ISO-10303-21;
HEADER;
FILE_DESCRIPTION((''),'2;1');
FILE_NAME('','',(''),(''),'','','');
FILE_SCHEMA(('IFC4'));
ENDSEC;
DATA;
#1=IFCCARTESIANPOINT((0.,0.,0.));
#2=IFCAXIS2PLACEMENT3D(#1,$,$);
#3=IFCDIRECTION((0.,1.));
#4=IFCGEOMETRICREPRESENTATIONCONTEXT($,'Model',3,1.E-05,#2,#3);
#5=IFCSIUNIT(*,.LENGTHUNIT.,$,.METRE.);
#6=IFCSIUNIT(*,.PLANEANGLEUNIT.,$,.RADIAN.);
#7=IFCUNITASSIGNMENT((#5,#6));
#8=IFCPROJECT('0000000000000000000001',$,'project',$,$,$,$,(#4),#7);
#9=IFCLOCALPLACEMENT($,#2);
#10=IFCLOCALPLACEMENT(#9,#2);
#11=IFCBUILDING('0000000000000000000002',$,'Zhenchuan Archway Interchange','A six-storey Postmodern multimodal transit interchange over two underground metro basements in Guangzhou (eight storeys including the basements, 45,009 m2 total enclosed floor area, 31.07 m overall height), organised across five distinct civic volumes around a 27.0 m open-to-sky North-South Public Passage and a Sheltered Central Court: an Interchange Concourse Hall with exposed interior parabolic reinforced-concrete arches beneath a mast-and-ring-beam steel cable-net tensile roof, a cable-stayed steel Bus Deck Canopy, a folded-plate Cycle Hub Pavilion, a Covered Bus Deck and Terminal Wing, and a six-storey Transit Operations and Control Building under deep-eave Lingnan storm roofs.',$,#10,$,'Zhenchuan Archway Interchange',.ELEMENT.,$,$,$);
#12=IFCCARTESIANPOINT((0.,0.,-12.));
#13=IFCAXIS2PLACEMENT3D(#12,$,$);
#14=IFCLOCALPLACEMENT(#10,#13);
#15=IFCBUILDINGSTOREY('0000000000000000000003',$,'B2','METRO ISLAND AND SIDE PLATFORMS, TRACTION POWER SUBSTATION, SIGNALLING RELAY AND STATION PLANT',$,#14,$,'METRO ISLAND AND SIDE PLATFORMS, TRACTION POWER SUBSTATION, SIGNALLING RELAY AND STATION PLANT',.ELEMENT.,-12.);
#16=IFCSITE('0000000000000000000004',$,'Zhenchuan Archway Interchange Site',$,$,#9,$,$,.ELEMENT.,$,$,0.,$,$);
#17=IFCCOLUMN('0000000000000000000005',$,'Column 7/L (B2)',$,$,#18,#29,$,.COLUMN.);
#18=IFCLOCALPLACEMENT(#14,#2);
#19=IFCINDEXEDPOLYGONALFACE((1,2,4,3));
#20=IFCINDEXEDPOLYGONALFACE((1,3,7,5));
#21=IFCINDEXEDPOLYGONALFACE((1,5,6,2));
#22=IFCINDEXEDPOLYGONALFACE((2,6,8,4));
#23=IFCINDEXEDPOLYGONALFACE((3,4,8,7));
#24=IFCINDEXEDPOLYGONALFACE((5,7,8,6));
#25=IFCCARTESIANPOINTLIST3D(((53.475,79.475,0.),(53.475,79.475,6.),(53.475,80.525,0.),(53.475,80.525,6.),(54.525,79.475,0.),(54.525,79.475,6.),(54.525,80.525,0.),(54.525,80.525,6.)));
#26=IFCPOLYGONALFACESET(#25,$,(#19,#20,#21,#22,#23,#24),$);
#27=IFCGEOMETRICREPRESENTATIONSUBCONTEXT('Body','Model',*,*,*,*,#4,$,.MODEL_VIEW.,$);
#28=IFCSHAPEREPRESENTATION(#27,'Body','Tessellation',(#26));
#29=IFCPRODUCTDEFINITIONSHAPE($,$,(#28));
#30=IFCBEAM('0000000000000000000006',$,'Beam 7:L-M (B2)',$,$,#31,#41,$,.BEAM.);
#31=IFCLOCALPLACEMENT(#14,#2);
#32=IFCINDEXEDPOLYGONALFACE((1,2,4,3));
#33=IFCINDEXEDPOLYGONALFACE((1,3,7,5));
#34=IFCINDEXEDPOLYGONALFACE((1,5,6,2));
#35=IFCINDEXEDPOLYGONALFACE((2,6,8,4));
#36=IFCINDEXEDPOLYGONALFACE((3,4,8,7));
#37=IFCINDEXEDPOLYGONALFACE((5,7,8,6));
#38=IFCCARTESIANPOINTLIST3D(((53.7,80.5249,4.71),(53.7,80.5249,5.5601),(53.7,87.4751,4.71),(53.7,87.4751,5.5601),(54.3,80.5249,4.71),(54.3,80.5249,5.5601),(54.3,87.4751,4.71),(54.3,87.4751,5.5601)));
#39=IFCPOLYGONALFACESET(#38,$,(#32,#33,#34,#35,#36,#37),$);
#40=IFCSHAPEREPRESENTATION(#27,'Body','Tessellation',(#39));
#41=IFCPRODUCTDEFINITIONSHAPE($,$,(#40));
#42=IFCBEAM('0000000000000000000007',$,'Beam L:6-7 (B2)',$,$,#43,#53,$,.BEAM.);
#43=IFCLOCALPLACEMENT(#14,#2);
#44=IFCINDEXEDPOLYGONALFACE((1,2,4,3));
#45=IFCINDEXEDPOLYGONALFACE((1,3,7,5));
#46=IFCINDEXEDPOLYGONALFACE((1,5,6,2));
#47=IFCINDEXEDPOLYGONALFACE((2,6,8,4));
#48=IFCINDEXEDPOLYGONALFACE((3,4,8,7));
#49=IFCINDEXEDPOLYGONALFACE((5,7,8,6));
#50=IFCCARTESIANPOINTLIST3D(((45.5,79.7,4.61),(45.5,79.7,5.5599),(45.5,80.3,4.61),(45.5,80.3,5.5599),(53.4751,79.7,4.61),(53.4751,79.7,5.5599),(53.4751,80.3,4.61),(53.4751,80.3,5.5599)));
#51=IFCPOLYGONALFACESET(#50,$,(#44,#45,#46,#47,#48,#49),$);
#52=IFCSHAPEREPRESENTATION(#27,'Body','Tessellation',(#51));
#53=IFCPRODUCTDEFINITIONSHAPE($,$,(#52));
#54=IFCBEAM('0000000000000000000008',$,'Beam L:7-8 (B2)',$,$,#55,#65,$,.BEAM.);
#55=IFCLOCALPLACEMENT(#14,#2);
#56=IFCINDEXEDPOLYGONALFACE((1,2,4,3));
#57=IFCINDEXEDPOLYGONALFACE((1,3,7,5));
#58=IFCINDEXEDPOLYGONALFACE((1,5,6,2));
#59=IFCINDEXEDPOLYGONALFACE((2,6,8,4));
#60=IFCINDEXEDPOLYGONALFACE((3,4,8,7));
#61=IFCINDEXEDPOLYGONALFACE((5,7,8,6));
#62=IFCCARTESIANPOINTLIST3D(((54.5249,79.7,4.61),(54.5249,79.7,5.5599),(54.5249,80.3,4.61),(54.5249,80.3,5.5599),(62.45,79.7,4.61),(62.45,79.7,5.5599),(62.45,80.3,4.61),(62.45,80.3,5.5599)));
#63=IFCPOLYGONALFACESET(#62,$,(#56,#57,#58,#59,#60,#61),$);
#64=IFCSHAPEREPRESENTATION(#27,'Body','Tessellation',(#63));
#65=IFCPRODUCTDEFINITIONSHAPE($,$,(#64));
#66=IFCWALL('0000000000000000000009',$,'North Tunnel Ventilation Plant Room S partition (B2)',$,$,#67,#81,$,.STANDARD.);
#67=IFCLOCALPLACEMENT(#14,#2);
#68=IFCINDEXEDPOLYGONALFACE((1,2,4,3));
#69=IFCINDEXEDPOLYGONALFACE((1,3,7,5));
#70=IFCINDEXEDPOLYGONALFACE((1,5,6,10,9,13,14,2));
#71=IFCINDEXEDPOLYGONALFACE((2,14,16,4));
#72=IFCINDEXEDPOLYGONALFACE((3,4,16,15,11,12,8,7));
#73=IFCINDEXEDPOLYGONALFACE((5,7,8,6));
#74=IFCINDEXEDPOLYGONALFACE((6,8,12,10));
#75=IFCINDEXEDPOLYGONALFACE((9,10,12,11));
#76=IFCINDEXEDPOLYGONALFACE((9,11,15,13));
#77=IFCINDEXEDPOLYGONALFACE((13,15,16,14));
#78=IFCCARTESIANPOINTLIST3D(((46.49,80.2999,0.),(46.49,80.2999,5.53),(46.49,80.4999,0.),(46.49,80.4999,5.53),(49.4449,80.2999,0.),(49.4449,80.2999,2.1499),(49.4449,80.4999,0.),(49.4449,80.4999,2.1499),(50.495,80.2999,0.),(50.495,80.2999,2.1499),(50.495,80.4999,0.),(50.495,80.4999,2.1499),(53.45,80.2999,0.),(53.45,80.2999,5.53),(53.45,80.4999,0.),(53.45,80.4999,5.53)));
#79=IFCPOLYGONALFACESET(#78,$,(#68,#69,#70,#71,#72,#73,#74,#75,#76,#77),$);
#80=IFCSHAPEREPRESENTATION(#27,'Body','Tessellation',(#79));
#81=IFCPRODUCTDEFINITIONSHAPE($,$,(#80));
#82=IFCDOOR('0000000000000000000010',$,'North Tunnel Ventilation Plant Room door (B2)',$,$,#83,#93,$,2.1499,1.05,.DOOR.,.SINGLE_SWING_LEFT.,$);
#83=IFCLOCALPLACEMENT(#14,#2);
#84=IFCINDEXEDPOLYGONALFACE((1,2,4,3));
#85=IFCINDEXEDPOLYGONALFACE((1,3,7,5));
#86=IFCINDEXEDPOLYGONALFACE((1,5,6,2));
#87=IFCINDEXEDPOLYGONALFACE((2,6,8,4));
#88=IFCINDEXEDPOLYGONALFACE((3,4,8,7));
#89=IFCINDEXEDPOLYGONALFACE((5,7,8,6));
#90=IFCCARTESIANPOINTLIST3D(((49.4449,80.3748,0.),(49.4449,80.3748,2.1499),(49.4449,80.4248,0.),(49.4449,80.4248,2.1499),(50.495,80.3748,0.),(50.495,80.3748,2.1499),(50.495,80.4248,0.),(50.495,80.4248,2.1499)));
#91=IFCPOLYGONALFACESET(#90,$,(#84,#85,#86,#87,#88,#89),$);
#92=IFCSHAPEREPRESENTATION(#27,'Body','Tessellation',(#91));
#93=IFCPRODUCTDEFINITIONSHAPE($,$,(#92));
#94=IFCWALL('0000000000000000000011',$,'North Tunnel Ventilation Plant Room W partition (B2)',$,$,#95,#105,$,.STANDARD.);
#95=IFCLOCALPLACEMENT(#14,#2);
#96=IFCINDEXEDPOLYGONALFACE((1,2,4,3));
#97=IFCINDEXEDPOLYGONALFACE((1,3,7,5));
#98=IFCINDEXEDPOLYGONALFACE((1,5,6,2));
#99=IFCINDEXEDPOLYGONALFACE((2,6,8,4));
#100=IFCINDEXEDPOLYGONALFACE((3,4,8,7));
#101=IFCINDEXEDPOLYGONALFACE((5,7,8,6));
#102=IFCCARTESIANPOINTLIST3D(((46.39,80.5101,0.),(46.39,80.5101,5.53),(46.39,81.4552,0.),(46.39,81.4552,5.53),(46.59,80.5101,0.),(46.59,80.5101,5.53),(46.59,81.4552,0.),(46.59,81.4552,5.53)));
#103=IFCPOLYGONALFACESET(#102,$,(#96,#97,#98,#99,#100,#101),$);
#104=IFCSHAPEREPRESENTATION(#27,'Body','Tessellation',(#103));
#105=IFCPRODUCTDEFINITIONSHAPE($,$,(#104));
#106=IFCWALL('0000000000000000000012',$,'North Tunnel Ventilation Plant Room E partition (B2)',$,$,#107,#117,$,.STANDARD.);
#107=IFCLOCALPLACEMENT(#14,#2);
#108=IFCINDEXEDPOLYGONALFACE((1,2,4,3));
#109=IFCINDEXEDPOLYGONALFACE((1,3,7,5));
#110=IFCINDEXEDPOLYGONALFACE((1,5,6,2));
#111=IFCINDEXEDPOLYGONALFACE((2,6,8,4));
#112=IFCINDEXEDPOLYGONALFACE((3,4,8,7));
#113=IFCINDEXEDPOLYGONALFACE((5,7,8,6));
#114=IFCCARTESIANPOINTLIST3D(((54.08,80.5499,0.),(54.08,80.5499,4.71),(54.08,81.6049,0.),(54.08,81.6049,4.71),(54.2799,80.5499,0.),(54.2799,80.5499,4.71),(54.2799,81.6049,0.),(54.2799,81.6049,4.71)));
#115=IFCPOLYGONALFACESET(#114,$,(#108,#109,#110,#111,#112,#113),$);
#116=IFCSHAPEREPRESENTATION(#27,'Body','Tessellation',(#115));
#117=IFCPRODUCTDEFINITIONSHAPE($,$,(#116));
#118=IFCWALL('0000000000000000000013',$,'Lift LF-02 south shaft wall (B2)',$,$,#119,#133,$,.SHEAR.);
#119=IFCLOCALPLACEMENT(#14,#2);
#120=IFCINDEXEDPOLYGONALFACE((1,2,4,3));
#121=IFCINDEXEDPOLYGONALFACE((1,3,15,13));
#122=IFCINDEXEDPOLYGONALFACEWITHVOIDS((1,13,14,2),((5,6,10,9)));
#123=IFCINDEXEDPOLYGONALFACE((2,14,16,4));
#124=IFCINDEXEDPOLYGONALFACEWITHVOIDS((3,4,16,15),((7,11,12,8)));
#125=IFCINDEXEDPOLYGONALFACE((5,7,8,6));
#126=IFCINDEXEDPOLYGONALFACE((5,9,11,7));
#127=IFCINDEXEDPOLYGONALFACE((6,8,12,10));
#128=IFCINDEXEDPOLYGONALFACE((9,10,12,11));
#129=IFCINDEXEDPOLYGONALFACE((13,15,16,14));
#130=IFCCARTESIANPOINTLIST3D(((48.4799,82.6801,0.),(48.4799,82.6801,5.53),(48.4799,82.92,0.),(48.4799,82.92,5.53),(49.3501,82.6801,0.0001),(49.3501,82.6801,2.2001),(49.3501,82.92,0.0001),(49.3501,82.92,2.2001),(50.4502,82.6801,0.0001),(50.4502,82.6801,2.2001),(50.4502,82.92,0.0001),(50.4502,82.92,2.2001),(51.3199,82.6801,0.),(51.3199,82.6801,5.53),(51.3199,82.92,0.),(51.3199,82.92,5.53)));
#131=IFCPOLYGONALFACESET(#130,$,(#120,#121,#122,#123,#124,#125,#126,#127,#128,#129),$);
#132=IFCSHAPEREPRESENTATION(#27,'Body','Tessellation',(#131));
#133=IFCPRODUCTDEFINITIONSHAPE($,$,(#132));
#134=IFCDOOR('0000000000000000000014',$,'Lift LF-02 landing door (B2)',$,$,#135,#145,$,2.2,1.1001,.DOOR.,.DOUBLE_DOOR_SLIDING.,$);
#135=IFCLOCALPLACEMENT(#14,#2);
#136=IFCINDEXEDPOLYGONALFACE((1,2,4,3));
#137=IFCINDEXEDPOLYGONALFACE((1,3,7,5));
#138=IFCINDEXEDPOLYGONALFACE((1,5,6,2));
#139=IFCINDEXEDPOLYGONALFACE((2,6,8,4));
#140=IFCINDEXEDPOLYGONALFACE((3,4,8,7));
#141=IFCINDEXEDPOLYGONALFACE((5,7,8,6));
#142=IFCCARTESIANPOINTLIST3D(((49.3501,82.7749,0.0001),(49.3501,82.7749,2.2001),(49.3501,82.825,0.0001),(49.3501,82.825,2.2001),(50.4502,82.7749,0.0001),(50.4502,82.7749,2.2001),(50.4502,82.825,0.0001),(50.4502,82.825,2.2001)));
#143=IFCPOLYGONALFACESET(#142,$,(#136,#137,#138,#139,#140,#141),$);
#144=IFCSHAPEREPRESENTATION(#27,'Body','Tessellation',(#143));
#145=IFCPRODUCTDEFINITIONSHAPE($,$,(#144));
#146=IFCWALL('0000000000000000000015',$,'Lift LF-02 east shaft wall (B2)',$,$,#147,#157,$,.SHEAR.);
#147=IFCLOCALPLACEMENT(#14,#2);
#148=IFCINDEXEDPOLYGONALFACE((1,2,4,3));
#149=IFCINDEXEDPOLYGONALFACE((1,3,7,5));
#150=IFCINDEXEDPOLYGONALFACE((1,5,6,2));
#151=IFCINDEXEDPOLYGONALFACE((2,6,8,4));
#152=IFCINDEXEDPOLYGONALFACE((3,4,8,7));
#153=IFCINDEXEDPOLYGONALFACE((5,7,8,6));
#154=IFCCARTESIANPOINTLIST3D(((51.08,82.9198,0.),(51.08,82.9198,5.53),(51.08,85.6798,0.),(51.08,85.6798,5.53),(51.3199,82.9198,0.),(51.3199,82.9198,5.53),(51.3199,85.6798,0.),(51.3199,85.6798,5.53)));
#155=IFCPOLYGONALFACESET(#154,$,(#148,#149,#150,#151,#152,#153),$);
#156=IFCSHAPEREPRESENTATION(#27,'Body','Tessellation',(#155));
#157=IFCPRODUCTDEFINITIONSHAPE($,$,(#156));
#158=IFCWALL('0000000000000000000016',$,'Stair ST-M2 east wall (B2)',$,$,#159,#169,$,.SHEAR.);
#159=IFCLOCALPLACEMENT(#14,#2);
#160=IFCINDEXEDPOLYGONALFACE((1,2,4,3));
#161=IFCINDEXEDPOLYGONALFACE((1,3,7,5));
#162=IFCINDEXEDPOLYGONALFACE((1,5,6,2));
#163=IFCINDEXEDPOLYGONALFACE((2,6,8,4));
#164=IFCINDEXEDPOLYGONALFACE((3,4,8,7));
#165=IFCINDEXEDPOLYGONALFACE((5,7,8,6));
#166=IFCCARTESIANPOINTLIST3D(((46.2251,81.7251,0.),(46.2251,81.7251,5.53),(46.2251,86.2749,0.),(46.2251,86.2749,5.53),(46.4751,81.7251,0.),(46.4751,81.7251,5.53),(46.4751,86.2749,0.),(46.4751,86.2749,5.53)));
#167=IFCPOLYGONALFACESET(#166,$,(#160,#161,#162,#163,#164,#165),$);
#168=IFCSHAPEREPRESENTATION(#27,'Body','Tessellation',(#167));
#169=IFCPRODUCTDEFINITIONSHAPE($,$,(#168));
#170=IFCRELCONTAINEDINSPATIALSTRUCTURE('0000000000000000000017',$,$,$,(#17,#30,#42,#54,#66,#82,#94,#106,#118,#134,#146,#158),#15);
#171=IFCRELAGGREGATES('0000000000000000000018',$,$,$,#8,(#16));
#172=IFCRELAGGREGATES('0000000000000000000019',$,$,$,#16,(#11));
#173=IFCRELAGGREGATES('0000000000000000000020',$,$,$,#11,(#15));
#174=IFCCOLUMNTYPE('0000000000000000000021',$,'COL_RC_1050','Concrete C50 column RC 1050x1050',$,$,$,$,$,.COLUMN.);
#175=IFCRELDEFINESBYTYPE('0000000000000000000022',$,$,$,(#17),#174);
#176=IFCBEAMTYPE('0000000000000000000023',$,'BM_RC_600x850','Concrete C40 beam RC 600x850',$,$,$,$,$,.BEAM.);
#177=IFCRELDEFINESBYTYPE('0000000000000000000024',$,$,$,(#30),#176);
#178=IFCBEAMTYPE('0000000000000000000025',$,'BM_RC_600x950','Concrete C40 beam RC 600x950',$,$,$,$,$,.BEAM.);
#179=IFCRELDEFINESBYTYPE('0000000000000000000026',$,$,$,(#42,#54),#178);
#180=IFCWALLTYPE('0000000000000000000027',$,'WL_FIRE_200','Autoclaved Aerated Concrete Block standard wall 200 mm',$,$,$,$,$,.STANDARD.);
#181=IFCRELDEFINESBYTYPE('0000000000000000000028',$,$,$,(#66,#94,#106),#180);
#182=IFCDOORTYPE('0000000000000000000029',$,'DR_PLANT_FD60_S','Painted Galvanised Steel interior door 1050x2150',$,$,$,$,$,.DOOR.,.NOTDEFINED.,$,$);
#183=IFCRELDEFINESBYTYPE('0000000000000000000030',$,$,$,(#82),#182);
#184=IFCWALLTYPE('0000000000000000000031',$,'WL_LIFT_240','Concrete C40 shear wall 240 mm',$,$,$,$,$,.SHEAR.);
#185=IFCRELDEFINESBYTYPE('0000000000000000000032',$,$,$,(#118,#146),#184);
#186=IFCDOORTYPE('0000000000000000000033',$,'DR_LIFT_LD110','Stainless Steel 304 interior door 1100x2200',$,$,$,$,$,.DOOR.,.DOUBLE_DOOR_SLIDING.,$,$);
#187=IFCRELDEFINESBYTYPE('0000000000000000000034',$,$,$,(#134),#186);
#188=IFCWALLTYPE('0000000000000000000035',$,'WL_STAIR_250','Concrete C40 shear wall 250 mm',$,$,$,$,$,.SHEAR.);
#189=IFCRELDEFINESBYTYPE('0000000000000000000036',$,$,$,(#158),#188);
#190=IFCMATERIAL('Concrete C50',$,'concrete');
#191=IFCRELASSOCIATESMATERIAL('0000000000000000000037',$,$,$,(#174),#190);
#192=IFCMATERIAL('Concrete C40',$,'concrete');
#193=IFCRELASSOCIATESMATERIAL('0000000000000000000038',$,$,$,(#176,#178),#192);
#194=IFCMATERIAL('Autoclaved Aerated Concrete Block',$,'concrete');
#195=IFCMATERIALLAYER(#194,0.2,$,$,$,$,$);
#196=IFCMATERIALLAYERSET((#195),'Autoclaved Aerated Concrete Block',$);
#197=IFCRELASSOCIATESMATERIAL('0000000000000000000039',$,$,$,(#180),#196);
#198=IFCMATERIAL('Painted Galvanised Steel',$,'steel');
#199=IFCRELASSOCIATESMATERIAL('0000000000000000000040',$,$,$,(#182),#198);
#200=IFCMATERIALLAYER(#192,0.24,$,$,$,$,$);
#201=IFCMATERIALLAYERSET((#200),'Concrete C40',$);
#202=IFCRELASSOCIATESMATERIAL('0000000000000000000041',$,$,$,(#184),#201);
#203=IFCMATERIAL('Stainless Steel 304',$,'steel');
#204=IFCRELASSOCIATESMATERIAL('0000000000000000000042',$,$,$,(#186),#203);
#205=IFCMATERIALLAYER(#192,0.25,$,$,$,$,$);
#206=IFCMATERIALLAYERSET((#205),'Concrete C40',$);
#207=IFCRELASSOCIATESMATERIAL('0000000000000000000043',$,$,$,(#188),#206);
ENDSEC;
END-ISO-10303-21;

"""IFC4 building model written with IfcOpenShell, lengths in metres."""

from ifc_helpers import new_model, si_unit, direction, frame, frame_2d, origin, origin_2d, place, context, subcontext, project, spatial, rectangle, extrude, material, layer, layer_set, material_profile, profile_set, type_object, element, fill, save


model = new_model("IFC4")

# Units and contexts
model_context = context("Model", 3, precision=1e-05, world=origin(), true_north=direction((0.0, 1.0)))
body_context = subcontext(model_context, "Body", "Model", "MODEL_VIEW")
ifc_project = project(units=[si_unit("LENGTHUNIT", "METRE"), si_unit("PLANEANGLEUNIT", "RADIAN")], contexts=[model_context])

# Site, building, storey
site_placement = place(None, origin())
site = spatial("IfcSite", under=ifc_project, at=site_placement, Name="Zhenchuan Archway Interchange Site", CompositionType="ELEMENT", RefElevation=0.0)
building_placement = place(site_placement, origin())
building = spatial("IfcBuilding", under=site, at=building_placement, Name="Zhenchuan Archway Interchange", Description="A six-storey Postmodern multimodal transit interchange over two underground metro basements in Guangzhou (eight storeys including the basements, 45,009 m2 total enclosed floor area, 31.07 m overall height), organised across five distinct civic volumes around a 27.0 m open-to-sky North-South Public Passage and a Sheltered Central Court: an Interchange Concourse Hall with exposed interior parabolic reinforced-concrete arches beneath a mast-and-ring-beam steel cable-net tensile roof, a cable-stayed steel Bus Deck Canopy, a folded-plate Cycle Hub Pavilion, a Covered Bus Deck and Terminal Wing, and a six-storey Transit Operations and Control Building under deep-eave Lingnan storm roofs.", LongName="Zhenchuan Archway Interchange", CompositionType="ELEMENT")
storey_placement = place(building_placement, frame((0.0, 0.0, -12.0)))
storey = spatial("IfcBuildingStorey", under=building, at=storey_placement, Name="B2", Description="METRO ISLAND AND SIDE PLATFORMS, TRACTION POWER SUBSTATION, SIGNALLING RELAY AND STATION PLANT", LongName="METRO ISLAND AND SIDE PLATFORMS, TRACTION POWER SUBSTATION, SIGNALLING RELAY AND STATION PLANT", CompositionType="ELEMENT", Elevation=-12.0)

# Shared definitions
ifc_material_1 = material(Name="Concrete C40", Category="concrete")

# Column
ifc_material_2 = material(Name="Concrete C50", Category="concrete")
ifc_material_profile_1 = material_profile(ifc_material_2, rectangle(XDim=1.05, YDim=1.05, at=origin_2d()), Name="RC 1050x1050")
ifc_profile_set_1 = profile_set([ifc_material_profile_1], Name="Concrete C50")
column_type = type_object("IfcColumnType", Name="COL_RC_1050", Description="Concrete C50 column RC 1050x1050", PredefinedType="COLUMN", material=ifc_profile_set_1)
column_placement = place(storey_placement, frame((54.0, 80.0, 0.0), z_axis=(0.0, 0.0, 1.0), x_axis=(1.0, 0.0, 0.0)))
element("IfcColumn", 1, at=column_placement, inside=storey, type_object=column_type, Name="Column 7/L (B2)", PredefinedType="COLUMN", context=body_context, shape_type="SweptSolid", body=[
    extrude(rectangle(XDim=1.05, YDim=1.05, at=origin_2d()), origin(), (0.0, 0.0, 1.0), 6.0),
])

# Beams
ifc_material_profile_2 = material_profile(ifc_material_1, rectangle(XDim=0.6001, YDim=0.8501, at=origin_2d()), Name="RC 600x850")
ifc_profile_set_2 = profile_set([ifc_material_profile_2], Name="Concrete C40")
beam_type_1 = type_object("IfcBeamType", Name="BM_RC_600x850", Description="Concrete C40 beam RC 600x850", PredefinedType="BEAM", material=ifc_profile_set_2)
beam_1_placement = place(storey_placement, frame((54.0, 80.5249, 5.135), z_axis=(0.0, 1.0, 0.0), x_axis=(-1.0, 0.0, 0.0)))
element("IfcBeam", 2, at=beam_1_placement, inside=storey, type_object=beam_type_1, Name="Beam 7:L-M (B2)", PredefinedType="BEAM", context=body_context, shape_type="SweptSolid", body=[
    extrude(rectangle(XDim=0.6001, YDim=0.8501, at=origin_2d()), origin(), (0.0, 0.0, 1.0), 6.9502),
])
ifc_material_profile_3 = material_profile(ifc_material_1, rectangle(XDim=0.6001, YDim=0.95, at=origin_2d()), Name="RC 600x950")
ifc_profile_set_3 = profile_set([ifc_material_profile_3], Name="Concrete C40")
beam_type_2 = type_object("IfcBeamType", Name="BM_RC_600x950", Description="Concrete C40 beam RC 600x950", PredefinedType="BEAM", material=ifc_profile_set_3)
beam_2_placement = place(storey_placement, frame((45.5, 80.0, 5.085), z_axis=(1.0, 0.0, 0.0), x_axis=(0.0, 1.0, 0.0)))
element("IfcBeam", 3, at=beam_2_placement, inside=storey, type_object=beam_type_2, Name="Beam L:6-7 (B2)", PredefinedType="BEAM", context=body_context, shape_type="SweptSolid", body=[
    extrude(rectangle(XDim=0.6001, YDim=0.95, at=origin_2d()), origin(), (0.0, 0.0, 1.0), 7.9751),
])
beam_3_placement = place(storey_placement, frame((54.5249, 80.0, 5.085), z_axis=(1.0, 0.0, 0.0), x_axis=(0.0, 1.0, 0.0)))
element("IfcBeam", 4, at=beam_3_placement, inside=storey, type_object=beam_type_2, Name="Beam L:7-8 (B2)", PredefinedType="BEAM", context=body_context, shape_type="SweptSolid", body=[
    extrude(rectangle(XDim=0.6001, YDim=0.95, at=origin_2d()), origin(), (0.0, 0.0, 1.0), 7.925),
])

# Wall, opening, door
ifc_material_3 = material(Name="Autoclaved Aerated Concrete Block", Category="concrete")
ifc_layer_1 = layer(ifc_material_3, 0.2)
ifc_layer_set_1 = layer_set([ifc_layer_1], Name="Autoclaved Aerated Concrete Block")
wall_type_1 = type_object("IfcWallType", Name="WL_FIRE_200", Description="Autoclaved Aerated Concrete Block standard wall 200 mm", PredefinedType="STANDARD", material=ifc_layer_set_1)
wall_1_placement = place(storey_placement, frame((46.49, 80.3999, 0.0), z_axis=(0.0, 0.0, 1.0), x_axis=(1.0, 0.0, 0.0)))
wall_1 = element("IfcWall", 5, at=wall_1_placement, inside=storey, type_object=wall_type_1, Name="North Tunnel Ventilation Plant Room S partition (B2)", PredefinedType="STANDARD", context=body_context, shape_type="SweptSolid", body=[
    extrude(rectangle(XDim=6.96, YDim=0.2, at=frame_2d((3.48, 0.0))), origin(), (0.0, 0.0, 1.0), 5.53),
])
opening_1_placement = place(wall_1_placement, frame((2.9551, 0.0, 0.0)))
opening_1 = element("IfcOpeningElement", 6, at=opening_1_placement, cuts=wall_1, PredefinedType="OPENING", context=body_context, shape_type="SweptSolid", body=[
    extrude(rectangle(XDim=1.05, YDim=2.1499, at=frame_2d((0.5249, 1.075))), frame((0.0, 0.1118, 0.0), z_axis=(0.0, -1.0, 0.0), x_axis=(1.0, 0.0, 0.0)), (0.0, 0.0, 1.0), 0.2239),
])
ifc_material_4 = material(Name="Painted Galvanised Steel", Category="steel")
door_type_1 = type_object("IfcDoorType", Name="DR_PLANT_FD60_S", Description="Painted Galvanised Steel interior door 1050x2150", OperationType="NOTDEFINED", PredefinedType="DOOR", material=ifc_material_4)
door_1_placement = place(opening_1_placement, origin())
door_1 = element("IfcDoor", 7, at=door_1_placement, inside=storey, type_object=door_type_1, Name="North Tunnel Ventilation Plant Room door (B2)", OperationType="SINGLE_SWING_LEFT", OverallHeight=2.1499, OverallWidth=1.05, PredefinedType="DOOR", context=body_context, shape_type="SweptSolid", body=[
    extrude(rectangle(XDim=1.05, YDim=2.1499, at=frame_2d((0.5249, 1.075))), frame((0.0, 0.0249, 0.0), z_axis=(0.0, -1.0, 0.0), x_axis=(1.0, 0.0, 0.0)), (0.0, 0.0, 1.0), 0.05),
])
fill(opening_1, door_1)

# Walls
wall_2_placement = place(storey_placement, frame((46.49, 80.51, 0.0), z_axis=(0.0, 0.0, 1.0), x_axis=(0.0, 1.0, 0.0)))
element("IfcWall", 8, at=wall_2_placement, inside=storey, type_object=wall_type_1, Name="North Tunnel Ventilation Plant Room W partition (B2)", PredefinedType="STANDARD", context=body_context, shape_type="SweptSolid", body=[
    extrude(rectangle(XDim=0.9451, YDim=0.2, at=frame_2d((0.4727, 0.0))), origin(), (0.0, 0.0, 1.0), 5.53),
])
wall_3_placement = place(storey_placement, frame((54.1799, 80.55, 0.0), z_axis=(0.0, 0.0, 1.0), x_axis=(0.0, 1.0, 0.0)))
element("IfcWall", 9, at=wall_3_placement, inside=storey, type_object=wall_type_1, Name="North Tunnel Ventilation Plant Room E partition (B2)", PredefinedType="STANDARD", context=body_context, shape_type="SweptSolid", body=[
    extrude(rectangle(XDim=1.0549, YDim=0.2, at=frame_2d((0.5273, 0.0))), origin(), (0.0, 0.0, 1.0), 4.71),
])

# Wall, opening, door
ifc_layer_2 = layer(ifc_material_1, 0.24)
ifc_layer_set_2 = layer_set([ifc_layer_2], Name="Concrete C40")
wall_type_2 = type_object("IfcWallType", Name="WL_LIFT_240", Description="Concrete C40 shear wall 240 mm", PredefinedType="SHEAR", material=ifc_layer_set_2)
wall_4_placement = place(storey_placement, frame((48.48, 82.8, 0.0), z_axis=(0.0, 0.0, 1.0), x_axis=(1.0, 0.0, 0.0)))
wall_4 = element("IfcWall", 10, at=wall_4_placement, inside=storey, type_object=wall_type_2, Name="Lift LF-02 south shaft wall (B2)", PredefinedType="SHEAR", context=body_context, shape_type="SweptSolid", body=[
    extrude(rectangle(XDim=2.8401, YDim=0.24, at=frame_2d((1.4199, 0.0))), origin(), (0.0, 0.0, 1.0), 5.53),
])
opening_2_placement = place(wall_4_placement, frame((0.8701, 0.0, 0.0)))
opening_2 = element("IfcOpeningElement", 11, at=opening_2_placement, cuts=wall_4, PredefinedType="OPENING", context=body_context, shape_type="SweptSolid", body=[
    extrude(rectangle(XDim=1.1001, YDim=2.2, at=frame_2d((0.55, 1.1001))), frame((0.0, 0.1318, 0.0), z_axis=(0.0, -1.0, 0.0), x_axis=(1.0, 0.0, 0.0)), (0.0, 0.0, 1.0), 0.2639),
])
ifc_material_5 = material(Name="Stainless Steel 304", Category="steel")
door_type_2 = type_object("IfcDoorType", Name="DR_LIFT_LD110", Description="Stainless Steel 304 interior door 1100x2200", OperationType="DOUBLE_DOOR_SLIDING", PredefinedType="DOOR", material=ifc_material_5)
door_2_placement = place(opening_2_placement, origin())
door_2 = element("IfcDoor", 12, at=door_2_placement, inside=storey, type_object=door_type_2, Name="Lift LF-02 landing door (B2)", OperationType="DOUBLE_DOOR_SLIDING", OverallHeight=2.2, OverallWidth=1.1001, PredefinedType="DOOR", context=body_context, shape_type="SweptSolid", body=[
    extrude(rectangle(XDim=1.1001, YDim=2.2, at=frame_2d((0.55, 1.1001))), frame((0.0, 0.0249, 0.0), z_axis=(0.0, -1.0, 0.0), x_axis=(1.0, 0.0, 0.0)), (0.0, 0.0, 1.0), 0.05),
])
fill(opening_2, door_2)

# Walls
wall_5_placement = place(storey_placement, frame((51.2, 82.9199, 0.0), z_axis=(0.0, 0.0, 1.0), x_axis=(0.0, 1.0, 0.0)))
element("IfcWall", 13, at=wall_5_placement, inside=storey, type_object=wall_type_2, Name="Lift LF-02 east shaft wall (B2)", PredefinedType="SHEAR", context=body_context, shape_type="SweptSolid", body=[
    extrude(rectangle(XDim=2.76, YDim=0.24, at=frame_2d((1.3799, 0.0))), origin(), (0.0, 0.0, 1.0), 5.53),
])
ifc_layer_3 = layer(ifc_material_1, 0.25)
ifc_layer_set_3 = layer_set([ifc_layer_3], Name="Concrete C40")
wall_type_3 = type_object("IfcWallType", Name="WL_STAIR_250", Description="Concrete C40 shear wall 250 mm", PredefinedType="SHEAR", material=ifc_layer_set_3)
wall_6_placement = place(storey_placement, frame((46.3501, 81.7251, 0.0), z_axis=(0.0, 0.0, 1.0), x_axis=(0.0, 1.0, 0.0)))
element("IfcWall", 14, at=wall_6_placement, inside=storey, type_object=wall_type_3, Name="Stair ST-M2 east wall (B2)", PredefinedType="SHEAR", context=body_context, shape_type="SweptSolid", body=[
    extrude(rectangle(XDim=4.5498, YDim=0.25, at=frame_2d((2.2749, 0.0))), origin(), (0.0, 0.0, 1.0), 5.53),
])

save(model, "model.ifc")
